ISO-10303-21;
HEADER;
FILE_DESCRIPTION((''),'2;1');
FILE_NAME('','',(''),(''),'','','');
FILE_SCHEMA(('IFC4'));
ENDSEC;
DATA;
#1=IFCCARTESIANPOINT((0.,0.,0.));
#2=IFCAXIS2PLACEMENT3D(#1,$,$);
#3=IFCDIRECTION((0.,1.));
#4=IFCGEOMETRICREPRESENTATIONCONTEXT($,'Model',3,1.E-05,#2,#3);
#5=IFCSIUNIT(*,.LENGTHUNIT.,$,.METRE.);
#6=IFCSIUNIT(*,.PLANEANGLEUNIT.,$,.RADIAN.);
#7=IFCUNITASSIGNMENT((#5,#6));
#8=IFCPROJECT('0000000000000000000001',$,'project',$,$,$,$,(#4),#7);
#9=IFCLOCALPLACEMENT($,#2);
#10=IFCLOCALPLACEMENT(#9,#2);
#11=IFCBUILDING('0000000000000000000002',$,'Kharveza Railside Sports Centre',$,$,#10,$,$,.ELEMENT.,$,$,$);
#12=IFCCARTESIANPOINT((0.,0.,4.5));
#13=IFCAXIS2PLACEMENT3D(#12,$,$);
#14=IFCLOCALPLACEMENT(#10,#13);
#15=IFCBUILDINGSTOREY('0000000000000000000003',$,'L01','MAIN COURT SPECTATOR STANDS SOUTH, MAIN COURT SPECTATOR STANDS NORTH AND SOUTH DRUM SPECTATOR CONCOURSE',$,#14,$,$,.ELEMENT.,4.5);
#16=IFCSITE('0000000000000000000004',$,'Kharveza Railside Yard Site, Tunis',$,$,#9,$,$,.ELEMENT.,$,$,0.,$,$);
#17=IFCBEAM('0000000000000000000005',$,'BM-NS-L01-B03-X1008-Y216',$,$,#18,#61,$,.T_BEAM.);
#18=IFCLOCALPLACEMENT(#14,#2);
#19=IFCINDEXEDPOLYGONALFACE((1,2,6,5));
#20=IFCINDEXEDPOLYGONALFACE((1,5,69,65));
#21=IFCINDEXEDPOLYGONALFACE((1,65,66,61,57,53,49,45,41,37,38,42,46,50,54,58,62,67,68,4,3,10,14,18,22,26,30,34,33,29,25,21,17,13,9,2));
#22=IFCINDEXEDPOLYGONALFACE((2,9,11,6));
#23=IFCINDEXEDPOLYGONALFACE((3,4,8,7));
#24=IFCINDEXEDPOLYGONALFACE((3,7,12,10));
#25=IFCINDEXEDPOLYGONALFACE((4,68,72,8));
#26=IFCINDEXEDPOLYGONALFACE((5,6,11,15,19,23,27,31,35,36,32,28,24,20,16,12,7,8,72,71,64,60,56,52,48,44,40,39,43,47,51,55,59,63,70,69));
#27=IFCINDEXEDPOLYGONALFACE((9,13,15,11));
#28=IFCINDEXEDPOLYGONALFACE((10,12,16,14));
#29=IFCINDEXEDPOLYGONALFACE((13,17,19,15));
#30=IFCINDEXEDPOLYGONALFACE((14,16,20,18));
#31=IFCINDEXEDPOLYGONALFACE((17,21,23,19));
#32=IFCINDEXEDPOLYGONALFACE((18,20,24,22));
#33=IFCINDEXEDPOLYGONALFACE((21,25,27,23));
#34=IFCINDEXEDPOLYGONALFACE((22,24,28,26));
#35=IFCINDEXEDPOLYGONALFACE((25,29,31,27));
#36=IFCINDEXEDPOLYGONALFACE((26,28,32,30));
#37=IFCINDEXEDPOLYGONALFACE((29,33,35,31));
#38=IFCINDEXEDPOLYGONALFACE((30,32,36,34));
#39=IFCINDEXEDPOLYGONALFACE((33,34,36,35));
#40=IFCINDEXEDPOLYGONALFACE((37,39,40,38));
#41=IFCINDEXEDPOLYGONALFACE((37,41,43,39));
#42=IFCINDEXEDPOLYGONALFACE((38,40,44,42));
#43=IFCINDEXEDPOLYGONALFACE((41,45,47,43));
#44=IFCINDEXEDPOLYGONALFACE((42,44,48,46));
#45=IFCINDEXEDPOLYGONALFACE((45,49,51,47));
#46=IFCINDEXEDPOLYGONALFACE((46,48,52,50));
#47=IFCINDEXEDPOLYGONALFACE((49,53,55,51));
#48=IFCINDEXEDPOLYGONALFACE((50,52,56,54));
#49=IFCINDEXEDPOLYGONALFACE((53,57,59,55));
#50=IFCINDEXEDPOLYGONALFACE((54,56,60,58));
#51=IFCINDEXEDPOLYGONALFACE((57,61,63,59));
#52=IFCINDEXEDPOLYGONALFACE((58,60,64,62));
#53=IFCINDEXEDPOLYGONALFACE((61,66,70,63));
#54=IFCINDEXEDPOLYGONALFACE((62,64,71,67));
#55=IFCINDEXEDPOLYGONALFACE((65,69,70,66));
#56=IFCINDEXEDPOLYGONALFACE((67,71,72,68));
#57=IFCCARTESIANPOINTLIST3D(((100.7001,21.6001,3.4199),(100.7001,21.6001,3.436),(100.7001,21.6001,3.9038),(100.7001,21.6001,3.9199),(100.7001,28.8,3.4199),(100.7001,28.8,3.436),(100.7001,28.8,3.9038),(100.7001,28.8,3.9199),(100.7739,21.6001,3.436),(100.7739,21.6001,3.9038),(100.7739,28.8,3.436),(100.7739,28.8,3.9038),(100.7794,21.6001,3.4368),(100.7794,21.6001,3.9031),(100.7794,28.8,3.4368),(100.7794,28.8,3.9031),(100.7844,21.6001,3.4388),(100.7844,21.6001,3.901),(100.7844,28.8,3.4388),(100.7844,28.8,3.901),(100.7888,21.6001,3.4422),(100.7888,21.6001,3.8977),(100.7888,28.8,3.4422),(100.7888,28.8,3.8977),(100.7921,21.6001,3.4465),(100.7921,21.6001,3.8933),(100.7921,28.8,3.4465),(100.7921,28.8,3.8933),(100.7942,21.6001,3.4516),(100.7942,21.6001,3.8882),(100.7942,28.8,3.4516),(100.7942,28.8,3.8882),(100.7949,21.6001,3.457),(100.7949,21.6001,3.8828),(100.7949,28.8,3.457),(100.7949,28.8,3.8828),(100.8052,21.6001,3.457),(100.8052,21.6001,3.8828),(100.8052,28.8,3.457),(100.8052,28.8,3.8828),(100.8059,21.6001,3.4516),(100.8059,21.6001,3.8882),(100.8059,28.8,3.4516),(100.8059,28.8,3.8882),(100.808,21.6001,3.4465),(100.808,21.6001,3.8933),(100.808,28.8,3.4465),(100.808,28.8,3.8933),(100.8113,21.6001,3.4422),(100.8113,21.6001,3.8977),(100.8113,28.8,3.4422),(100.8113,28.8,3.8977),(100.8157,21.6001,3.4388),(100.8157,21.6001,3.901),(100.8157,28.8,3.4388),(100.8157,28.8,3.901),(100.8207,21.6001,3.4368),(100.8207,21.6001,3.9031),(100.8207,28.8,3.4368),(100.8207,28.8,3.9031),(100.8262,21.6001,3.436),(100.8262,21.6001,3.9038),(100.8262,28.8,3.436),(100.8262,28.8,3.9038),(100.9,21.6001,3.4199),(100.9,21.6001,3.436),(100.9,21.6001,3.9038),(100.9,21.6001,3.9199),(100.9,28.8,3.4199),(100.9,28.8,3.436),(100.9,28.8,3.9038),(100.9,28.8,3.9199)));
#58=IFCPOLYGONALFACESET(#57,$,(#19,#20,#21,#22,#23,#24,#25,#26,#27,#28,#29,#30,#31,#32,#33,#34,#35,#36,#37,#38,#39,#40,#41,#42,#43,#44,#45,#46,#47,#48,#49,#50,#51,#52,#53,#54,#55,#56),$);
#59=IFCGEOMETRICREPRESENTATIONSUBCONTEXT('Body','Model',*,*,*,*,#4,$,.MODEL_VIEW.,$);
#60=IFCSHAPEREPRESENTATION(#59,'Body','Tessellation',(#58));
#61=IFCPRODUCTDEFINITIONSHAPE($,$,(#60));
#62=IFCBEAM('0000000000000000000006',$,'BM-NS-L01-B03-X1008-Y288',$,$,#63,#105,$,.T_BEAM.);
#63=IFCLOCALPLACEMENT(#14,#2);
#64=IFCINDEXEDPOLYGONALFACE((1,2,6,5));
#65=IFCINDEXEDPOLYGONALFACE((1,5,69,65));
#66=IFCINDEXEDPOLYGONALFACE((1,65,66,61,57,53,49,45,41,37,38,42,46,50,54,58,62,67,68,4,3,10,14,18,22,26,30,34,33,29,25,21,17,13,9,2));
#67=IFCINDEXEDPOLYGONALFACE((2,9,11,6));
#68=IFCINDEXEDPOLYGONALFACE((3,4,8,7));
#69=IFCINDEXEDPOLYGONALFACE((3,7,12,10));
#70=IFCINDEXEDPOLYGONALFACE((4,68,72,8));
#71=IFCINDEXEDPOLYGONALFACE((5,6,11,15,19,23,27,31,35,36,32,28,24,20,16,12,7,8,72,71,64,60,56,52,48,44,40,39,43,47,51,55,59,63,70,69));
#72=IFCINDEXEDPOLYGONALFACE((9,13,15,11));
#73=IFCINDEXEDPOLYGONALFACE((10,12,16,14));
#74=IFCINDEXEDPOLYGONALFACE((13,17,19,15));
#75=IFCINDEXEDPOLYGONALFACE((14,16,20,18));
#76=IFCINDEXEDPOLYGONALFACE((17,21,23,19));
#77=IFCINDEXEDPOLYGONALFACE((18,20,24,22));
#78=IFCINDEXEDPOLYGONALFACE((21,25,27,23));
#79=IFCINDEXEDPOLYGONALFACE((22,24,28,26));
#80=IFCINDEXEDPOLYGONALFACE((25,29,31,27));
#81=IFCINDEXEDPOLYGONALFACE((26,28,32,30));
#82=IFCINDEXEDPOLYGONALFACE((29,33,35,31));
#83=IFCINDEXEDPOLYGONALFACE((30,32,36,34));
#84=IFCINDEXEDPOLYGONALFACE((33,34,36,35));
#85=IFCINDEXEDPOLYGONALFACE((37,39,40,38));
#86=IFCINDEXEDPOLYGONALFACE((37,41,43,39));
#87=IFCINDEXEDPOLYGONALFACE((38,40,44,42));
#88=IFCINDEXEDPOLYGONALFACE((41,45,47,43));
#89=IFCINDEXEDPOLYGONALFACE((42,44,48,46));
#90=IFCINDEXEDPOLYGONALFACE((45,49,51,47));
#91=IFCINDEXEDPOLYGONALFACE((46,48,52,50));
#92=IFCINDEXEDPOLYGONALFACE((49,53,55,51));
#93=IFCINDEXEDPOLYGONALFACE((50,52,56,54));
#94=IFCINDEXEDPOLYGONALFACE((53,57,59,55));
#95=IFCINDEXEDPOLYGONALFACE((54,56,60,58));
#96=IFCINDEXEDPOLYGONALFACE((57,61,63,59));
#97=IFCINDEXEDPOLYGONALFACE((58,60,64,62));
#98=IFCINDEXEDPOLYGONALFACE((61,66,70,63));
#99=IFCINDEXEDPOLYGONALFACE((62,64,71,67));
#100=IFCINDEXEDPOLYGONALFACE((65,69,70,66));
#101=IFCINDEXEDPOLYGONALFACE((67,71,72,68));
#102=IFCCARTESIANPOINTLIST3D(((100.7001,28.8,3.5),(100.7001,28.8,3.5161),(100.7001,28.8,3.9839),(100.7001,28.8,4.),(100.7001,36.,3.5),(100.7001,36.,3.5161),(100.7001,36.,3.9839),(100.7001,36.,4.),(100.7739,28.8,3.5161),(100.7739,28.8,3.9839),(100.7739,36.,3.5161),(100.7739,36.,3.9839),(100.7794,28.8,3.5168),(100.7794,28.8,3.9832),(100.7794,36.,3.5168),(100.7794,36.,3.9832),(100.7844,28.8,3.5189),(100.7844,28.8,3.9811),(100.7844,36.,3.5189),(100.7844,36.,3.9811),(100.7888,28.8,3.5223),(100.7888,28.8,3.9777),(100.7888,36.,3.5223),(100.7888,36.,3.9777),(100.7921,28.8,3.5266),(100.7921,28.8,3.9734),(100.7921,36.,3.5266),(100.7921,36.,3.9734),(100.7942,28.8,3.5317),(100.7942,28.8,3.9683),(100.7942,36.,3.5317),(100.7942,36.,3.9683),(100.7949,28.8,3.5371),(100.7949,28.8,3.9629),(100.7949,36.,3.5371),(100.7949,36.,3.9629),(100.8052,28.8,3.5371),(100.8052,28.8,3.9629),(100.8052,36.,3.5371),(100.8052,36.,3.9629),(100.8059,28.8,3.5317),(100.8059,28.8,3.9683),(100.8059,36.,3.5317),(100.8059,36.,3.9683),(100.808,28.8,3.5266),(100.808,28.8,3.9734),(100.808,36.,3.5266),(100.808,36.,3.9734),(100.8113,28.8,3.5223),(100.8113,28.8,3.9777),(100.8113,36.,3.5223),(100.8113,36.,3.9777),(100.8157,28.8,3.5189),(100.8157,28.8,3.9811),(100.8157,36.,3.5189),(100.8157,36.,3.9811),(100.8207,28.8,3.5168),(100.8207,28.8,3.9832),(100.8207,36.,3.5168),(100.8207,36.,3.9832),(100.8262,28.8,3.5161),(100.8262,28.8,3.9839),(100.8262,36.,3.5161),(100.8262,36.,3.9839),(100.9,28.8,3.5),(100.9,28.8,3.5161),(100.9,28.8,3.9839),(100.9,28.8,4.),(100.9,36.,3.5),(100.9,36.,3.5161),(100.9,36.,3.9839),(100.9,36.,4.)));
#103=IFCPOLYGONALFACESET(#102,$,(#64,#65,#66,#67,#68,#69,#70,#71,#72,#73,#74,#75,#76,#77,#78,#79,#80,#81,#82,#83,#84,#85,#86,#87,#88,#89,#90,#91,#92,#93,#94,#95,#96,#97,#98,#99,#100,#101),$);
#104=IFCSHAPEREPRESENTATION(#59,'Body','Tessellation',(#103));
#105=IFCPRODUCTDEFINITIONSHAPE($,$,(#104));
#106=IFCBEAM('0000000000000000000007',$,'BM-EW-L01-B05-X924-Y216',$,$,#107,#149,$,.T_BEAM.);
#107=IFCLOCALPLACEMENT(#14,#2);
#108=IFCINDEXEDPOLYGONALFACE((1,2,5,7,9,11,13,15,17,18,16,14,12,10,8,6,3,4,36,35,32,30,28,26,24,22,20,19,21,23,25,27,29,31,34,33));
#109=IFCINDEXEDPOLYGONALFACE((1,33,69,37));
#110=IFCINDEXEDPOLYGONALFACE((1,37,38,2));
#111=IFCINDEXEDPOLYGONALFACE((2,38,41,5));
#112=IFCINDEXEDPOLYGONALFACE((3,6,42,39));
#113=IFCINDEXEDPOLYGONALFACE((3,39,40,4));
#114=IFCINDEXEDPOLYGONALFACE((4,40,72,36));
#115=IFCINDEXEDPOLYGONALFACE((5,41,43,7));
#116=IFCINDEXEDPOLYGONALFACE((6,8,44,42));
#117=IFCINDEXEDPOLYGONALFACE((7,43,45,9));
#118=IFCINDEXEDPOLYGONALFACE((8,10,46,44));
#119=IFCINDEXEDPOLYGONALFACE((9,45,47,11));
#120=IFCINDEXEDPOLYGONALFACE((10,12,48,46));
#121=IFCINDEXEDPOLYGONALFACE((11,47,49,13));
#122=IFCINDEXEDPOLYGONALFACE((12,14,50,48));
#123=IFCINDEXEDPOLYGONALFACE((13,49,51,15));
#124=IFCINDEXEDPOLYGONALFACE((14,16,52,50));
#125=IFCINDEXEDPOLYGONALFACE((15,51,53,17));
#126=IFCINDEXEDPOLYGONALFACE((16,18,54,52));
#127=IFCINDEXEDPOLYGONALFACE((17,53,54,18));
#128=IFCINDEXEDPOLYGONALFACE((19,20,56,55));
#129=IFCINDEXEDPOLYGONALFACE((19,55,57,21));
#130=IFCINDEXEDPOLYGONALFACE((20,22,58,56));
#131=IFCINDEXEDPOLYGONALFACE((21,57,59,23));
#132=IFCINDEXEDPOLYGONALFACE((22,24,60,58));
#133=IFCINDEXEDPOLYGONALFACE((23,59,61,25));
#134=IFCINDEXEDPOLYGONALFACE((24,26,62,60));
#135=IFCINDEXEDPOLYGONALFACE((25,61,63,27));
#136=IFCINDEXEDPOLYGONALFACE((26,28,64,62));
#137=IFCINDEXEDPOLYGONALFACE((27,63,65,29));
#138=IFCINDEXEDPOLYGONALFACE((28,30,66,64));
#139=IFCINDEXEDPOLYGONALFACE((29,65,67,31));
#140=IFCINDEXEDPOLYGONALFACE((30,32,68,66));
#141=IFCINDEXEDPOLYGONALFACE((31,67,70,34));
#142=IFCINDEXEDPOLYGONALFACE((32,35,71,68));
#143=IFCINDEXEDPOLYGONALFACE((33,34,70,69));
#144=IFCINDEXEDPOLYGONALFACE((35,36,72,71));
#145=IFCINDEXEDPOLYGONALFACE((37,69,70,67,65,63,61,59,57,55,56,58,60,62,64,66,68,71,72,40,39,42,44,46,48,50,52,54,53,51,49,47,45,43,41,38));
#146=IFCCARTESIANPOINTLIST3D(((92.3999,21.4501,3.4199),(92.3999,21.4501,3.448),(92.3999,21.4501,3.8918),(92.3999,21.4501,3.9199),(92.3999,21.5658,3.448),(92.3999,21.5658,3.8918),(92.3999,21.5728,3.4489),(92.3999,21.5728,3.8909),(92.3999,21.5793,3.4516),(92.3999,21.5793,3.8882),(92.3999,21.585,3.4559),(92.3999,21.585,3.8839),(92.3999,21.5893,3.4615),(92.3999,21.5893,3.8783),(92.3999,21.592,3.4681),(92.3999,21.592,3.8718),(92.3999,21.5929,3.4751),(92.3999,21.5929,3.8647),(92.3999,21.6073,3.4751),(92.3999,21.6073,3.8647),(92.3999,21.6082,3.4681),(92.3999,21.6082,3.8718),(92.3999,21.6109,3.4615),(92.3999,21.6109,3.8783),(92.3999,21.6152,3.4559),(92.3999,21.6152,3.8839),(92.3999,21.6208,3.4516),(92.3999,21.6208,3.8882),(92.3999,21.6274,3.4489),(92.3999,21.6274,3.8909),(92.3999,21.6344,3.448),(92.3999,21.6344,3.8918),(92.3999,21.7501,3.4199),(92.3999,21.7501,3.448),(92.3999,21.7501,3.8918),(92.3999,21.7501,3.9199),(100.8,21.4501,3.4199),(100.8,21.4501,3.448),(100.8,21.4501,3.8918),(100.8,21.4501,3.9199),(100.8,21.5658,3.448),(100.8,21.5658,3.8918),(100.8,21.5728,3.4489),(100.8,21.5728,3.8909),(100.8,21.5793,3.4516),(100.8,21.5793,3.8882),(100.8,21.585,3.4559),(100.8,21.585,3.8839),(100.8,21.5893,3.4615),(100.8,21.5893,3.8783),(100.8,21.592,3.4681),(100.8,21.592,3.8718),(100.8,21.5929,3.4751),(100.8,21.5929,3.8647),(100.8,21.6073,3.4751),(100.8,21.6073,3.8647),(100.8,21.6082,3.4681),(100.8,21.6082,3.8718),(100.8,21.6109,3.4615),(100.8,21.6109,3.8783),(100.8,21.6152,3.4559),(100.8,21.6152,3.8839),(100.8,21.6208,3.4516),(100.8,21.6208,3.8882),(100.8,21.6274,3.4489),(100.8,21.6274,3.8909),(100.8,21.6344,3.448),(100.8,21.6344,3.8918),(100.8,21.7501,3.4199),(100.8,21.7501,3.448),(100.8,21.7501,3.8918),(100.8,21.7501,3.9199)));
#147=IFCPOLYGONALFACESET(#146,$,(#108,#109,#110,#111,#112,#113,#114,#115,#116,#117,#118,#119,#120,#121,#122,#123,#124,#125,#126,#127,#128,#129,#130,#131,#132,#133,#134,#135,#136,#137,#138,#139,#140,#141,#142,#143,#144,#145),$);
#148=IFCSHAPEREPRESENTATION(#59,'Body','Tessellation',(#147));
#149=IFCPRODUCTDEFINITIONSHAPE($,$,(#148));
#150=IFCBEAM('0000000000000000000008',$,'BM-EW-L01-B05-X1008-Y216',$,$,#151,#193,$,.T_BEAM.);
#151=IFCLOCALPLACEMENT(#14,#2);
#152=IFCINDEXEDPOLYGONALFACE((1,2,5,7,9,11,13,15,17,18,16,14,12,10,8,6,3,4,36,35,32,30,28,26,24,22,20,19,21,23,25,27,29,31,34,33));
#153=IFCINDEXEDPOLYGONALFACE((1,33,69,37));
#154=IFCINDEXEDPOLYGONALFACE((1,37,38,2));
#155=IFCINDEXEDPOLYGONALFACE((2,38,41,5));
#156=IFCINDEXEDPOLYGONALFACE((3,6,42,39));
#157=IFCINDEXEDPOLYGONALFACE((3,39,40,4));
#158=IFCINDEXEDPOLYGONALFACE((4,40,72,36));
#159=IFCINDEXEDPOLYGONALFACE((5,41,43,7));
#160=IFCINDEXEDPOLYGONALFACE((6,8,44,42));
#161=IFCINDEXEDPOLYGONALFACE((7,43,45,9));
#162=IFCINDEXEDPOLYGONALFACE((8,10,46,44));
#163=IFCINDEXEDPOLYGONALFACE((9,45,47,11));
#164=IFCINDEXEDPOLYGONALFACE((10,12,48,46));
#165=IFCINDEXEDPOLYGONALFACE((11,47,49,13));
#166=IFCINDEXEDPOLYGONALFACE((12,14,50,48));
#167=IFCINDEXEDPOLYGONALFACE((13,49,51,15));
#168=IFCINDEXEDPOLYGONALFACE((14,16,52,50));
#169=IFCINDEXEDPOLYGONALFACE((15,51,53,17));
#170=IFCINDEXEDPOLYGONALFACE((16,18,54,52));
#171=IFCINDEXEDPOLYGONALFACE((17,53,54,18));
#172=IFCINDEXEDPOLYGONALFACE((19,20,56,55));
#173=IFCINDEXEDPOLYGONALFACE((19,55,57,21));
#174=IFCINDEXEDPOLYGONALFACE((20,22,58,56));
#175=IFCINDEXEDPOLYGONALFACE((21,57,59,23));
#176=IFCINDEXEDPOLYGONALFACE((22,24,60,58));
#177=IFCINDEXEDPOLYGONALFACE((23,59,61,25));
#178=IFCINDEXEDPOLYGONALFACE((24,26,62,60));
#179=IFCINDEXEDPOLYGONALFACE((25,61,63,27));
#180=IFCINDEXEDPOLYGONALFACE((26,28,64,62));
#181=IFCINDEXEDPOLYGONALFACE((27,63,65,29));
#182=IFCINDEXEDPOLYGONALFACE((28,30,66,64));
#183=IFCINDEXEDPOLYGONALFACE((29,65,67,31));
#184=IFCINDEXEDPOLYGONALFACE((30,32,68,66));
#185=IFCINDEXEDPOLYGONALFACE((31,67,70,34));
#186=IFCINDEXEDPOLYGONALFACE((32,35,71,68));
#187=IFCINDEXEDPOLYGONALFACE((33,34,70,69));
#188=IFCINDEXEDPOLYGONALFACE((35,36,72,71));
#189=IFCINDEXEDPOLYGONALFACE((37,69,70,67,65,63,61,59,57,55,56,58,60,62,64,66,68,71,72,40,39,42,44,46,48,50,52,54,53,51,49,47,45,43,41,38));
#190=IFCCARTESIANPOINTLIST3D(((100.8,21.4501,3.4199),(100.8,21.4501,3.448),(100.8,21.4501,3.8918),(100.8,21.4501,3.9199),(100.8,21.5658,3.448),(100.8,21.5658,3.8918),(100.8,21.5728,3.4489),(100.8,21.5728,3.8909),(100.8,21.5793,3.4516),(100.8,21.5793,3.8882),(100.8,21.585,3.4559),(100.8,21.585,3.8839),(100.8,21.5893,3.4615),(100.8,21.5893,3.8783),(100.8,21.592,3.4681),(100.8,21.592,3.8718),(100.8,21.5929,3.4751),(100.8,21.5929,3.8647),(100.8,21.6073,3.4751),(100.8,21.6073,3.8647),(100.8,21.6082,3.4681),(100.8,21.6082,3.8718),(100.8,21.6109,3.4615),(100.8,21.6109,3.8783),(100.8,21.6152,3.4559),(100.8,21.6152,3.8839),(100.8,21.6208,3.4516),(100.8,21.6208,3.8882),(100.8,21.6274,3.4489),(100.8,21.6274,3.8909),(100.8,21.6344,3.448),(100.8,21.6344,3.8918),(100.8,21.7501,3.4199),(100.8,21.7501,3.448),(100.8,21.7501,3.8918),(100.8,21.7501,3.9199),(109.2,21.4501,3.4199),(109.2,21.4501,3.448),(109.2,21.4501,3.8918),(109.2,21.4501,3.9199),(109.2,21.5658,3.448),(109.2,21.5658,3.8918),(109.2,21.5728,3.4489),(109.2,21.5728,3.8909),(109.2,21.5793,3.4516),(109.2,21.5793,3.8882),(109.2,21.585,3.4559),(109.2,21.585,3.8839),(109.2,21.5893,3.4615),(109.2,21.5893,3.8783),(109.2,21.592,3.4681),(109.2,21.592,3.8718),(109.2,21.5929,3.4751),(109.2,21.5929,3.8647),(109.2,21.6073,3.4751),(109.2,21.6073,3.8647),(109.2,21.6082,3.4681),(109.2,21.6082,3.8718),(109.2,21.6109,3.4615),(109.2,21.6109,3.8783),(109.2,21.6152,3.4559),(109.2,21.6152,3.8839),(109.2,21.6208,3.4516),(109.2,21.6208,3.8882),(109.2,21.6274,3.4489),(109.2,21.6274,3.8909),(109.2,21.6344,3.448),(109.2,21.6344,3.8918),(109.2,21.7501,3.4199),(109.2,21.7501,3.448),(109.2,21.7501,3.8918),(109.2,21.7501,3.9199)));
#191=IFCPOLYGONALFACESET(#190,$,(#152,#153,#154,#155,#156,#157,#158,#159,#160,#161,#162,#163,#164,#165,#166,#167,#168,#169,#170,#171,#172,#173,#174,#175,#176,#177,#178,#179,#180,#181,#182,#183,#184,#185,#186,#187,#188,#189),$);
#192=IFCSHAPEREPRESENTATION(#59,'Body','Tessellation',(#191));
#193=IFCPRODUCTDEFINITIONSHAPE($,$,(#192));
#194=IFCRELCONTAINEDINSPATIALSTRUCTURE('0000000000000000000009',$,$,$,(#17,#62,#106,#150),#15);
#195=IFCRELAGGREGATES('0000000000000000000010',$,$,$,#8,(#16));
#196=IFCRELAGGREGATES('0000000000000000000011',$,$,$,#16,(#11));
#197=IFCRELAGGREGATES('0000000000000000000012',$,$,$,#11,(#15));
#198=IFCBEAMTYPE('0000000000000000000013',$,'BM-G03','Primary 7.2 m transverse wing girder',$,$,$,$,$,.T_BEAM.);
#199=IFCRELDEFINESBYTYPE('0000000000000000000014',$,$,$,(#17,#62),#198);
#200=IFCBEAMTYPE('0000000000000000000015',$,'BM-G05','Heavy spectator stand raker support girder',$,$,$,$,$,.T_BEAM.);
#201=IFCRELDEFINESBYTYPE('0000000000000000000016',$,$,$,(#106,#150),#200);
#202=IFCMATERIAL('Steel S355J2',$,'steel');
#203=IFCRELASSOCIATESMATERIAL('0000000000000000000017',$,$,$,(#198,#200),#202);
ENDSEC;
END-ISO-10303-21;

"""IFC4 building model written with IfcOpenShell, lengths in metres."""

from ifc_helpers import new_model, si_unit, direction, frame, origin, origin_2d, place, context, subcontext, project, spatial, i_section, extrude, material, material_profile, profile_set, type_object, element, save


model = new_model("IFC4")

# Units and contexts
model_context = context("Model", 3, precision=1e-05, world=origin(), true_north=direction((0.0, 1.0)))
body_context = subcontext(model_context, "Body", "Model", "MODEL_VIEW")
ifc_project = project(units=[si_unit("LENGTHUNIT", "METRE"), si_unit("PLANEANGLEUNIT", "RADIAN")], contexts=[model_context])

# Site, building, storey
site_placement = place(None, origin())
site = spatial("IfcSite", under=ifc_project, at=site_placement, Name="Kharveza Railside Yard Site, Tunis", CompositionType="ELEMENT", RefElevation=0.0)
building_placement = place(site_placement, origin())
building = spatial("IfcBuilding", under=site, at=building_placement, Name="Kharveza Railside Sports Centre", CompositionType="ELEMENT")
storey_placement = place(building_placement, frame((0.0, 0.0, 4.5)))
storey = spatial("IfcBuildingStorey", under=building, at=storey_placement, Name="L01", Description="MAIN COURT SPECTATOR STANDS SOUTH, MAIN COURT SPECTATOR STANDS NORTH AND SOUTH DRUM SPECTATOR CONCOURSE", CompositionType="ELEMENT", Elevation=4.5)

# Shared definitions
ifc_material_1 = material(Name="Steel S355J2", Category="steel")

# Beams
ifc_material_profile_1 = material_profile(ifc_material_1, i_section(OverallWidth=0.2, OverallDepth=0.5, WebThickness=0.0103, FlangeThickness=0.0161, FilletRadius=0.021, at=origin_2d()), Name="IPE 500")
ifc_profile_set_1 = profile_set([ifc_material_profile_1], Name="Steel S355J2")
beam_type_1 = type_object("IfcBeamType", Name="BM-G03", Description="Primary 7.2 m transverse wing girder", PredefinedType="T_BEAM", material=ifc_profile_set_1)
for number, where, z_axis, x_axis, name in (
    (1, (100.8, 21.6001, 3.6699), (0.0, 1.0, 0.0), (-1.0, 0.0, 0.0), "BM-NS-L01-B03-X1008-Y216"),
    (2, (100.8, 28.8, 3.75), (0.0, 1.0, 0.0), (-1.0, 0.0, 0.0), "BM-NS-L01-B03-X1008-Y288"),
):
    element("IfcBeam", number, at=place(storey_placement, frame(where, z_axis=z_axis, x_axis=x_axis)), inside=storey, type_object=beam_type_1, Name=name, PredefinedType="T_BEAM", context=body_context, shape_type="SweptSolid", body=[
        extrude(i_section(OverallWidth=0.2, OverallDepth=0.5, WebThickness=0.0103, FlangeThickness=0.0161, FilletRadius=0.021, at=origin_2d()), origin(), (0.0, 0.0, 1.0), 7.2),
    ])
ifc_material_profile_2 = material_profile(ifc_material_1, i_section(OverallWidth=0.3, OverallDepth=0.5, WebThickness=0.0144, FlangeThickness=0.0281, FilletRadius=0.0271, at=origin_2d()), Name="HEB 500")
ifc_profile_set_2 = profile_set([ifc_material_profile_2], Name="Steel S355J2")
beam_type_2 = type_object("IfcBeamType", Name="BM-G05", Description="Heavy spectator stand raker support girder", PredefinedType="T_BEAM", material=ifc_profile_set_2)
beam_1_placement = place(storey_placement, frame((92.3999, 21.6001, 3.6699), z_axis=(1.0, 0.0, 0.0), x_axis=(0.0, 1.0, 0.0)))
element("IfcBeam", 3, at=beam_1_placement, inside=storey, type_object=beam_type_2, Name="BM-EW-L01-B05-X924-Y216", PredefinedType="T_BEAM", context=body_context, shape_type="SweptSolid", body=[
    extrude(i_section(OverallWidth=0.3, OverallDepth=0.5, WebThickness=0.0144, FlangeThickness=0.0281, FilletRadius=0.0271, at=origin_2d()), origin(), (0.0, 0.0, 1.0), 8.4001),
])
beam_2_placement = place(storey_placement, frame((100.8, 21.6001, 3.6699), z_axis=(1.0, 0.0, 0.0), x_axis=(0.0, 1.0, 0.0)))
element("IfcBeam", 4, at=beam_2_placement, inside=storey, type_object=beam_type_2, Name="BM-EW-L01-B05-X1008-Y216", PredefinedType="T_BEAM", context=body_context, shape_type="SweptSolid", body=[
    extrude(i_section(OverallWidth=0.3, OverallDepth=0.5, WebThickness=0.0144, FlangeThickness=0.0281, FilletRadius=0.0271, at=origin_2d()), origin(), (0.0, 0.0, 1.0), 8.3999),
])

save(model, "model.ifc")
